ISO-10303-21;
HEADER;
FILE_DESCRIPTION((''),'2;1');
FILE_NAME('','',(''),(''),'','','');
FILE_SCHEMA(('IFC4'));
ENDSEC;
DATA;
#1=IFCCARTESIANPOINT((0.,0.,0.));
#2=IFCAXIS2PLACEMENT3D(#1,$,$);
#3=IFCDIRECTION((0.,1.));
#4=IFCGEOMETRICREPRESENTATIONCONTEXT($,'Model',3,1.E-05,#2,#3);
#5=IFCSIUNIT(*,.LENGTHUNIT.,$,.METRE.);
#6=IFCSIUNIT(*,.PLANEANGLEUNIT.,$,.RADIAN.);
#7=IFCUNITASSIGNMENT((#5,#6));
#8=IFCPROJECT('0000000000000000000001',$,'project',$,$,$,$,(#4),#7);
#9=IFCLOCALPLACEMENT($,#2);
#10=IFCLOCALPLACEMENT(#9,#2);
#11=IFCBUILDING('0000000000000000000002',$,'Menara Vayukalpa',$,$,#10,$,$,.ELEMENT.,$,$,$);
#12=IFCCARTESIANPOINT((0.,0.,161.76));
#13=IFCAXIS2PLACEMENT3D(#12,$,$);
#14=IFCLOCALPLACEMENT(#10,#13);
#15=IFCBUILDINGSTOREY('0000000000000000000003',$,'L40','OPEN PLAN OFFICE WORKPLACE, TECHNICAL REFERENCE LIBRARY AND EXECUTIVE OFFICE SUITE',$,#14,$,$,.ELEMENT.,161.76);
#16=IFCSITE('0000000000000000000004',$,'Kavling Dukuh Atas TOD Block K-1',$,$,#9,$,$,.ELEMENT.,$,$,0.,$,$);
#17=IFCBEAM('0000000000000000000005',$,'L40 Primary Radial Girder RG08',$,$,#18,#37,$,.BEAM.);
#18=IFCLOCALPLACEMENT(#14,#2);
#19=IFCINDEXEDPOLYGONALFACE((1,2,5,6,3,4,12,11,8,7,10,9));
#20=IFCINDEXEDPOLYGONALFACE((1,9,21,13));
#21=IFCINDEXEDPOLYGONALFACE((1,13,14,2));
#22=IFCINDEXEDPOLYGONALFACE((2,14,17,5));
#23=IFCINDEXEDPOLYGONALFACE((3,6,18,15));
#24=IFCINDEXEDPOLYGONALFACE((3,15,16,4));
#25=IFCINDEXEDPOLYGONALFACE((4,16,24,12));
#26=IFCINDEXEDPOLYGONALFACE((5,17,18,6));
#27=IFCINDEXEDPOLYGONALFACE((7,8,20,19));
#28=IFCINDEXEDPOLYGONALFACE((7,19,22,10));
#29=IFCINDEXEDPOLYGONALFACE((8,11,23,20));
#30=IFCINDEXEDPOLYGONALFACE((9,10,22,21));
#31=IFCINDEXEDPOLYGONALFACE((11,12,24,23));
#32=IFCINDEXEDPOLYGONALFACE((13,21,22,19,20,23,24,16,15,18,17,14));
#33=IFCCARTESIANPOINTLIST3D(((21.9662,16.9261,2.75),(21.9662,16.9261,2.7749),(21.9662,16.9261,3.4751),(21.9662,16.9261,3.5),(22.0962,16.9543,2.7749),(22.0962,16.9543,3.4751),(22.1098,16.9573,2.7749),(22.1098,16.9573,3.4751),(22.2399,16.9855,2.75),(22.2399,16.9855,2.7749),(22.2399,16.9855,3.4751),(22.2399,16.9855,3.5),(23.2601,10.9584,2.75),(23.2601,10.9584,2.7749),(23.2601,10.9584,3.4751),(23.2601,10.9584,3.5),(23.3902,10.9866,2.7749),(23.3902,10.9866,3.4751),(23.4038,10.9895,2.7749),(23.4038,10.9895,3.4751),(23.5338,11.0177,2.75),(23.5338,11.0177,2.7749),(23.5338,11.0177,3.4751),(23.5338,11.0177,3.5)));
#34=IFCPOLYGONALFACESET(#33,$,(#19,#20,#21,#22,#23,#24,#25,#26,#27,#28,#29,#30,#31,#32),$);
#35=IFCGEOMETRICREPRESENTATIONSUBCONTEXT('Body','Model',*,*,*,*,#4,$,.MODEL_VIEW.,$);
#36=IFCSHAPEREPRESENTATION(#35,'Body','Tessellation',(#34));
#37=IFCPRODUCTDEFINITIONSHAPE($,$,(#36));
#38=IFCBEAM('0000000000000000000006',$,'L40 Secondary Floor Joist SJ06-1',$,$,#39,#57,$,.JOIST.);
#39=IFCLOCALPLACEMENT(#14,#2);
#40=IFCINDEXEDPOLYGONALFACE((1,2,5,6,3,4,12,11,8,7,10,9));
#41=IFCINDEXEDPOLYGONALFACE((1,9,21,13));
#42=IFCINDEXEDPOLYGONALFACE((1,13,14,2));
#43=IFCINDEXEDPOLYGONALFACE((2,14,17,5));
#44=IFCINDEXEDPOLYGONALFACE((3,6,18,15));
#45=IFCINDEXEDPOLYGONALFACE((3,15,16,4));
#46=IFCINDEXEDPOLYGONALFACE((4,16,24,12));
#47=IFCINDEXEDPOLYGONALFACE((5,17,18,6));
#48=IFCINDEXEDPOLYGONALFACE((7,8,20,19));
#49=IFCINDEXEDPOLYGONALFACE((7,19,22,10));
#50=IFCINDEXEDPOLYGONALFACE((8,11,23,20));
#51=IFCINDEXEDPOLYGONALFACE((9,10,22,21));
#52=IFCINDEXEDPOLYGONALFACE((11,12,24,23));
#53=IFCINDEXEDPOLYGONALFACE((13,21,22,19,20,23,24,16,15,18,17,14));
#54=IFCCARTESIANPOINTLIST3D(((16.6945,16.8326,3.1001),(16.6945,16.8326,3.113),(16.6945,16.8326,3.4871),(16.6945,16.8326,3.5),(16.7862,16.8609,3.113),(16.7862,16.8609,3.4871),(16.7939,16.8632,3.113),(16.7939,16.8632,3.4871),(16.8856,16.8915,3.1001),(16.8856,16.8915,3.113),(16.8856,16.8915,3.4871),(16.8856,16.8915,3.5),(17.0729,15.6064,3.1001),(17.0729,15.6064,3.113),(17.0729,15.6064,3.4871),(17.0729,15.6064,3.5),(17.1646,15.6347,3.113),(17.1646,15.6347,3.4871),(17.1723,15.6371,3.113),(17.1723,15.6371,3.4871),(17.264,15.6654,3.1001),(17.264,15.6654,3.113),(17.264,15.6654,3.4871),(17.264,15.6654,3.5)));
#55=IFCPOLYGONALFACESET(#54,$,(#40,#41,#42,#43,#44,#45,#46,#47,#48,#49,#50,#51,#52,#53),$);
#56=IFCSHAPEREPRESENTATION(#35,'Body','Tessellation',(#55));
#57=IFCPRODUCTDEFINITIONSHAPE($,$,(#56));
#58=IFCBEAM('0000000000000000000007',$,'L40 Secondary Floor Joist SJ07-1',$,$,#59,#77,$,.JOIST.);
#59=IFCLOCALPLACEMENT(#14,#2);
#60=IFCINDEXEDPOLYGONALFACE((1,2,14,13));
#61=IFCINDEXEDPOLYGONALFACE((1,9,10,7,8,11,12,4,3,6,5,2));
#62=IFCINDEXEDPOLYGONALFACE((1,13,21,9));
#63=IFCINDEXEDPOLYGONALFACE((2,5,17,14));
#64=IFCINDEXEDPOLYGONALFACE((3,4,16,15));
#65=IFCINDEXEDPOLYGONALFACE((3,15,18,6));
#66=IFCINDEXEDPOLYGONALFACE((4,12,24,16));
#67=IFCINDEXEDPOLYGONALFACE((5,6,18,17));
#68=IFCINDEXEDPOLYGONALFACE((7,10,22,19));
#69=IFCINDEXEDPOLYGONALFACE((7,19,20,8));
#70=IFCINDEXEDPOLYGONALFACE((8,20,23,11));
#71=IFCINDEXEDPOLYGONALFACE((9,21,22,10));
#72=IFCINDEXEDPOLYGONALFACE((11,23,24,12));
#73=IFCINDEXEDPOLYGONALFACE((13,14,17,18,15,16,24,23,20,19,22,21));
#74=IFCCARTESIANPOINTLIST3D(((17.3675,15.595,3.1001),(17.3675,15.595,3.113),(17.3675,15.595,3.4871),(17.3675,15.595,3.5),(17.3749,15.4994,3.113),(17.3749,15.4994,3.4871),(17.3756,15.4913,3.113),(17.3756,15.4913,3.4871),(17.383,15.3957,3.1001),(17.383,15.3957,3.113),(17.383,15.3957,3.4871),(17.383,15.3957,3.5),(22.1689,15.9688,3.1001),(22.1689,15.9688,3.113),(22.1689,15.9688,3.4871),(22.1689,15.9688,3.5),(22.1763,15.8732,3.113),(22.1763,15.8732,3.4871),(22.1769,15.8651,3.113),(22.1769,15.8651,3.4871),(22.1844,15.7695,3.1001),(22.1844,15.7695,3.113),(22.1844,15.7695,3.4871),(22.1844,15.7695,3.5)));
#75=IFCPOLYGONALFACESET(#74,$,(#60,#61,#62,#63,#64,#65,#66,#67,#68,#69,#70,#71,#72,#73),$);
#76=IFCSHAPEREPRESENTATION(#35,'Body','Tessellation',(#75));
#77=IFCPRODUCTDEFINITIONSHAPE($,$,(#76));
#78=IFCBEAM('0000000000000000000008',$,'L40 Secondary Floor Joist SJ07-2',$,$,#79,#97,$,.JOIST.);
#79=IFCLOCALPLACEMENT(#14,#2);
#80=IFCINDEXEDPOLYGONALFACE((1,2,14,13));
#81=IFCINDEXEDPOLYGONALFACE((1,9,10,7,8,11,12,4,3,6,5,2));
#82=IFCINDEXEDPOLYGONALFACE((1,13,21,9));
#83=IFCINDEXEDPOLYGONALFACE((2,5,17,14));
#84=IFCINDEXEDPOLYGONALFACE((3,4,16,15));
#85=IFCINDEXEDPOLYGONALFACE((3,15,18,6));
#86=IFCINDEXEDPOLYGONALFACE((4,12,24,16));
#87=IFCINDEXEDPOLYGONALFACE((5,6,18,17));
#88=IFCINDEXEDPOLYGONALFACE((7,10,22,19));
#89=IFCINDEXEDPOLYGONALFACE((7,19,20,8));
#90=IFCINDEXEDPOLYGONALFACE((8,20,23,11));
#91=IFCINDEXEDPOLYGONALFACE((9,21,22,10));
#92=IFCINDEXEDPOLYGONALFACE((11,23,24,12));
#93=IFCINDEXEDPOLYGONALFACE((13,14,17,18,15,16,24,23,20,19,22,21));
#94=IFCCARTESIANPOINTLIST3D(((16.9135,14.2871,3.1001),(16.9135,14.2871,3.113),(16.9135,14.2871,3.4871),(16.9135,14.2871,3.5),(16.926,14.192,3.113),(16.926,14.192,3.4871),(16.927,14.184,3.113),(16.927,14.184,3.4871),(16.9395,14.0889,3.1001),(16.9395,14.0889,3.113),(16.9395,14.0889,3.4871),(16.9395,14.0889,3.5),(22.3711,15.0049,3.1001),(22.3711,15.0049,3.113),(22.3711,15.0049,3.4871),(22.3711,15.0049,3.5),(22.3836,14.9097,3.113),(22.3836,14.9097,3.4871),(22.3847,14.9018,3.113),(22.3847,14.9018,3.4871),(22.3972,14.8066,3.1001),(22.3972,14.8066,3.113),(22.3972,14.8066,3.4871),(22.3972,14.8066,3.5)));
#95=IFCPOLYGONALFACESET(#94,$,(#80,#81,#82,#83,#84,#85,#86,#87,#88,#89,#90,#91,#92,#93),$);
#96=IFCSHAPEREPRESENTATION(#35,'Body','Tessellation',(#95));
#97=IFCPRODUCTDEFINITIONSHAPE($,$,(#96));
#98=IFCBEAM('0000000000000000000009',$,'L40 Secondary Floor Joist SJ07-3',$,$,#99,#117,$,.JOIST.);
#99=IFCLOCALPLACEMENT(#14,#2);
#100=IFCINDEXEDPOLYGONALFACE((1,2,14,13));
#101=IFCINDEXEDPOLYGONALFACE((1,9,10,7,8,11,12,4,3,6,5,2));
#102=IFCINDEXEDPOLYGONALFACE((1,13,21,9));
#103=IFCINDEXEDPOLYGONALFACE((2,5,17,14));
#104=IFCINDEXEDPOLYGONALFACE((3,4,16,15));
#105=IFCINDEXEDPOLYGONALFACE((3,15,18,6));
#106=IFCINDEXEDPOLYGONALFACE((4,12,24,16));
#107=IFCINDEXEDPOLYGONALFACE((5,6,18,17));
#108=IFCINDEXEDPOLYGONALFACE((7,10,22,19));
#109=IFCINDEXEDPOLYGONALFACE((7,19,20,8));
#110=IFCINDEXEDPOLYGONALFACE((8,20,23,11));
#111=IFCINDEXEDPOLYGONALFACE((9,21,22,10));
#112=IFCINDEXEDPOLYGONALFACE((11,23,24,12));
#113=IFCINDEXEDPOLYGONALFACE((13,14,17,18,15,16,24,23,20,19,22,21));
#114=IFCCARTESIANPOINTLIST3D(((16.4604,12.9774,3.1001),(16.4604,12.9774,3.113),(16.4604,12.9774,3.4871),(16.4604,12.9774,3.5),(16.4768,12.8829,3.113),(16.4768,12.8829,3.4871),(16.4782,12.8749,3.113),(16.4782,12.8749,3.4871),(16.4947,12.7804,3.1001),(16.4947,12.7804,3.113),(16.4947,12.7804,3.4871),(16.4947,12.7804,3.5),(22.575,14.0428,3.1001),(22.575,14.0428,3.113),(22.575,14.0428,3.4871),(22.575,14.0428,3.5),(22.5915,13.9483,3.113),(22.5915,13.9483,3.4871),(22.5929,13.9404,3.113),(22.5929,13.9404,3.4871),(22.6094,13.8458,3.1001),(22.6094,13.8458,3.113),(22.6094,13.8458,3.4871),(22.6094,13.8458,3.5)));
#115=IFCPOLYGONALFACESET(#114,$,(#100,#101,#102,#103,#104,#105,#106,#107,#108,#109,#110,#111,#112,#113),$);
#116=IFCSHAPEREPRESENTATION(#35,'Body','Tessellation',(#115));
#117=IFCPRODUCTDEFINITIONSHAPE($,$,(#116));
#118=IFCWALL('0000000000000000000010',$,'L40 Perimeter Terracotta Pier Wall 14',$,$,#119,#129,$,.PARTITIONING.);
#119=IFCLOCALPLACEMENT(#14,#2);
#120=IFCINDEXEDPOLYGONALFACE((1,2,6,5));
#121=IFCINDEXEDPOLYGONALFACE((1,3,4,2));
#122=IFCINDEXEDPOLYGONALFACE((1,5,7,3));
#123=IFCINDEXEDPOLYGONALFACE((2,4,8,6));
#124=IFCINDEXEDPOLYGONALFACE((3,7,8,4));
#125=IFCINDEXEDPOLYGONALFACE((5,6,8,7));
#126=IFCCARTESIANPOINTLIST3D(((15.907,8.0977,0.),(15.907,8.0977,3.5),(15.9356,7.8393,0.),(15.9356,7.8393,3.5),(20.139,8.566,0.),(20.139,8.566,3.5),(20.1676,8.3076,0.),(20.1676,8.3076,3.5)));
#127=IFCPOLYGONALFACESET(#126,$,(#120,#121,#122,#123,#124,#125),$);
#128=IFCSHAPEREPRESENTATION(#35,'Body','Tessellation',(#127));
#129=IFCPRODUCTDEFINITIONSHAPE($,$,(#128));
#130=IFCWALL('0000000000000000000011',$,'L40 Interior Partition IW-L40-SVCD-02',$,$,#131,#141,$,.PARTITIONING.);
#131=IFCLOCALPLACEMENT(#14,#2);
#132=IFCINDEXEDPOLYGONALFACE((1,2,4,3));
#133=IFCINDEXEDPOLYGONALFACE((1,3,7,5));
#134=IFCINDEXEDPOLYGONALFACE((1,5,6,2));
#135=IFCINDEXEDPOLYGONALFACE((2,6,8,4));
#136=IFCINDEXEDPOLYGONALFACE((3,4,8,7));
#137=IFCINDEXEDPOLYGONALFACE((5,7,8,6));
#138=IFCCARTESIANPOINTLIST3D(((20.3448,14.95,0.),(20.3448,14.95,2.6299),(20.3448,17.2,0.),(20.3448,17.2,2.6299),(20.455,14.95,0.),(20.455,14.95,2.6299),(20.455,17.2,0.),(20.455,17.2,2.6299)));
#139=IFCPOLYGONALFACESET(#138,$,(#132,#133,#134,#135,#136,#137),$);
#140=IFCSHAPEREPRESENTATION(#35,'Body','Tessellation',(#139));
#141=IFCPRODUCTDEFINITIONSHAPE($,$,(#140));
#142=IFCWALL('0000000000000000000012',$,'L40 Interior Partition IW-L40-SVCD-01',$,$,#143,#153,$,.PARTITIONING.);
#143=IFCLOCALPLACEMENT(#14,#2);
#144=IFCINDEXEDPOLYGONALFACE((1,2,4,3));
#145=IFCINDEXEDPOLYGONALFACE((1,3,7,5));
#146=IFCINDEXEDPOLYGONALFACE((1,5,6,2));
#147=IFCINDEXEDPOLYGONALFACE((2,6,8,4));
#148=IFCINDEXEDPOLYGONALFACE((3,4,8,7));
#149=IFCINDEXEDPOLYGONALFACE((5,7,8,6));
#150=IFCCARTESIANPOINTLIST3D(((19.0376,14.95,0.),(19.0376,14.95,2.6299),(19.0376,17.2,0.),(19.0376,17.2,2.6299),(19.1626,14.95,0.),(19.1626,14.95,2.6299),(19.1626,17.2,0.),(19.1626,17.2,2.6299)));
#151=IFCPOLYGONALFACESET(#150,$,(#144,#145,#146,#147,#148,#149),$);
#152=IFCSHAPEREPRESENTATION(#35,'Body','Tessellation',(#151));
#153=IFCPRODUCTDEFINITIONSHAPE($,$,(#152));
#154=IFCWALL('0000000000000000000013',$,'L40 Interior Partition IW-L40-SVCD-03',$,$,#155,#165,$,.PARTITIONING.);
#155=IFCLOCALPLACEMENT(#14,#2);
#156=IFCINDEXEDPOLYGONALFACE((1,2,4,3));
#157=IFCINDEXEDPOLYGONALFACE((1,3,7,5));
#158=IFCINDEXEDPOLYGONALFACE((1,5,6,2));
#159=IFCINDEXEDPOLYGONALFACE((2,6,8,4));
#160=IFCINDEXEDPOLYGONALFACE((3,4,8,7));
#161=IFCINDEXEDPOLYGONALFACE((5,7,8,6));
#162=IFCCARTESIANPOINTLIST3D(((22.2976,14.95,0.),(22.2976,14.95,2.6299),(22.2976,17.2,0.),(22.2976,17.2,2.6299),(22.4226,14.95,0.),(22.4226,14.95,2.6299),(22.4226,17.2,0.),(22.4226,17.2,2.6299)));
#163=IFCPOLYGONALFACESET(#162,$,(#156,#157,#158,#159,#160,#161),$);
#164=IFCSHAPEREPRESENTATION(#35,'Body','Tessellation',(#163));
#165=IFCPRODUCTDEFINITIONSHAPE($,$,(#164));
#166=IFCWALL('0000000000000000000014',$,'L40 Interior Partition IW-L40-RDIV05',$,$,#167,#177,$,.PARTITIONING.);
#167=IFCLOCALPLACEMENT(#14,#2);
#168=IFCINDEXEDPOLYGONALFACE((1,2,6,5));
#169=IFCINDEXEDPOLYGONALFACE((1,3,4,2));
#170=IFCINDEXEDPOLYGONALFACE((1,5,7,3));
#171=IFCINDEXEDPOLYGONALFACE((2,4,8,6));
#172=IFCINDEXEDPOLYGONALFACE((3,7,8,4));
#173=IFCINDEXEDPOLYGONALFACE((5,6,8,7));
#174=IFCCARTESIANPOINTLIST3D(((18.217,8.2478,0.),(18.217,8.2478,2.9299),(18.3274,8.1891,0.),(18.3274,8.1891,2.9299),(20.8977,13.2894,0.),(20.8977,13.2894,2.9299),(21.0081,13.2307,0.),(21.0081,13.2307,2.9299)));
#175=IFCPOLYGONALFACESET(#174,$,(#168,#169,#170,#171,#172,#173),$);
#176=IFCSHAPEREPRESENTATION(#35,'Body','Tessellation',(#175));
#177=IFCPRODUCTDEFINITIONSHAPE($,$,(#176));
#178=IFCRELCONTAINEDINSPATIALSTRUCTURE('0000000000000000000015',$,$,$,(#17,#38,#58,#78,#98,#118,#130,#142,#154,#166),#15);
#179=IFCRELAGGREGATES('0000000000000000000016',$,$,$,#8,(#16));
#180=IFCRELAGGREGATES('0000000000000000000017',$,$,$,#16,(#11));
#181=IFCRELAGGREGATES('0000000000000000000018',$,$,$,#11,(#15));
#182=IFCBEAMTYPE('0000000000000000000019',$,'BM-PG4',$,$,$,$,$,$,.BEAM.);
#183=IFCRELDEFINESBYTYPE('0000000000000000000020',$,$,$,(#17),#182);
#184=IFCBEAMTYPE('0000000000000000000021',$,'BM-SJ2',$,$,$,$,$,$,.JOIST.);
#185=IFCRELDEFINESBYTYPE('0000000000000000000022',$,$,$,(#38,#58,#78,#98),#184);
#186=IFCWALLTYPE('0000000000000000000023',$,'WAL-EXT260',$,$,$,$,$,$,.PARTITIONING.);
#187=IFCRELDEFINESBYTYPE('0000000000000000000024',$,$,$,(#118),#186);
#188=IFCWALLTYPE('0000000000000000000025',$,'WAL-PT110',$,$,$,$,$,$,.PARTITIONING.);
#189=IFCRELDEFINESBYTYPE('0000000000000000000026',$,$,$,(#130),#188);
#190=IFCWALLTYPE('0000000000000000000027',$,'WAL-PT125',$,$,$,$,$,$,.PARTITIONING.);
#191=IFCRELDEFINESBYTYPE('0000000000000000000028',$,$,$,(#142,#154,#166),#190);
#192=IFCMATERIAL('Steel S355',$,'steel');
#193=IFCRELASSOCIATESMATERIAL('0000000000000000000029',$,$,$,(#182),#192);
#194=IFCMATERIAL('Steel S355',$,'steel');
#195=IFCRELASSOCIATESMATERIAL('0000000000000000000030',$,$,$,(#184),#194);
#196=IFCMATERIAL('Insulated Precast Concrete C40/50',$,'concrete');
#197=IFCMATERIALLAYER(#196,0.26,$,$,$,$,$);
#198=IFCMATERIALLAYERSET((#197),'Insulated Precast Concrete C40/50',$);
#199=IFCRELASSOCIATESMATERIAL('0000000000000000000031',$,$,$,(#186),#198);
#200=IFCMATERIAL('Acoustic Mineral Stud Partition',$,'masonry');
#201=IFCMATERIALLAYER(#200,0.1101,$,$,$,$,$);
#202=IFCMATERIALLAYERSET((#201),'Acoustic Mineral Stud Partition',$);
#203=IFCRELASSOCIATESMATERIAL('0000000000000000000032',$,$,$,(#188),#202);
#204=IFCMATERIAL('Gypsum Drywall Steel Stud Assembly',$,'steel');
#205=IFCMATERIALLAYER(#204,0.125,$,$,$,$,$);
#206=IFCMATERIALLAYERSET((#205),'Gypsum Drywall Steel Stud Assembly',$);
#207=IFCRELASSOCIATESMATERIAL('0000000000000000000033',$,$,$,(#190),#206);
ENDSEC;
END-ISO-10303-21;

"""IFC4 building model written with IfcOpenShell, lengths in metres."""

from ifc_helpers import new_model, si_unit, direction, frame, frame_2d, origin, origin_2d, place, context, subcontext, project, spatial, rectangle, i_section, extrude, material, layer, layer_set, material_profile, profile_set, type_object, element, save


model = new_model("IFC4")

# Units and contexts
model_context = context("Model", 3, precision=1e-05, world=origin(), true_north=direction((0.0, 1.0)))
body_context = subcontext(model_context, "Body", "Model", "MODEL_VIEW")
ifc_project = project(units=[si_unit("LENGTHUNIT", "METRE"), si_unit("PLANEANGLEUNIT", "RADIAN")], contexts=[model_context])

# Site, building, storey
site_placement = place(None, origin())
site = spatial("IfcSite", under=ifc_project, at=site_placement, Name="Kavling Dukuh Atas TOD Block K-1", CompositionType="ELEMENT", RefElevation=0.0)
building_placement = place(site_placement, origin())
building = spatial("IfcBuilding", under=site, at=building_placement, Name="Menara Vayukalpa", CompositionType="ELEMENT")
storey_placement = place(building_placement, frame((0.0, 0.0, 161.76)))
storey = spatial("IfcBuildingStorey", under=building, at=storey_placement, Name="L40", Description="OPEN PLAN OFFICE WORKPLACE, TECHNICAL REFERENCE LIBRARY AND EXECUTIVE OFFICE SUITE", CompositionType="ELEMENT", Elevation=161.76)

# Beams
ifc_material_1 = material(Name="Steel S355", Category="steel")
ifc_material_profile_1 = material_profile(ifc_material_1, i_section(OverallWidth=0.28, OverallDepth=0.75, WebThickness=0.0139, FlangeThickness=0.0249, at=origin_2d()), Name="WF 750x280x14x25")
ifc_profile_set_1 = profile_set([ifc_material_profile_1], Name="Steel S355")
beam_type_1 = type_object("IfcBeamType", Name="BM-PG4", PredefinedType="BEAM", material=ifc_profile_set_1)
beam_1_placement = place(storey_placement, frame((22.103, 16.9558, 3.125), z_axis=(0.211898, -0.977292, 0.0), x_axis=(0.977292, 0.211898, 0.0)))
element("IfcBeam", 1, at=beam_1_placement, inside=storey, type_object=beam_type_1, Name="L40 Primary Radial Girder RG08", PredefinedType="BEAM", context=body_context, shape_type="SweptSolid", body=[
    extrude(i_section(OverallWidth=0.28, OverallDepth=0.75, WebThickness=0.0139, FlangeThickness=0.0249, at=origin_2d()), origin(), (0.0, 0.0, 1.0), 6.1064),
])
ifc_material_2 = material(Name="Steel S355", Category="steel")
ifc_material_profile_2 = material_profile(ifc_material_2, i_section(OverallWidth=0.2, OverallDepth=0.3999, WebThickness=0.0081, FlangeThickness=0.0129, at=origin_2d()), Name="WF 400x200x8x13")
ifc_profile_set_2 = profile_set([ifc_material_profile_2], Name="Steel S355")
beam_type_2 = type_object("IfcBeamType", Name="BM-SJ2", PredefinedType="JOIST", material=ifc_profile_set_2)
beam_2_placement = place(storey_placement, frame((16.79, 16.8621, 3.3), z_axis=(0.294915, -0.955524, 0.0), x_axis=(0.955524, 0.294915, 0.0)))
element("IfcBeam", 2, at=beam_2_placement, inside=storey, type_object=beam_type_2, Name="L40 Secondary Floor Joist SJ06-1", PredefinedType="JOIST", context=body_context, shape_type="SweptSolid", body=[
    extrude(i_section(OverallWidth=0.2, OverallDepth=0.3999, WebThickness=0.0081, FlangeThickness=0.0129, at=origin_2d()), origin(), (0.0, 0.0, 1.0), 1.2832),
])
beam_3_placement = place(storey_placement, frame((17.3752, 15.4954, 3.3), z_axis=(0.996983, 0.077615, 0.0), x_axis=(-0.077615, 0.996983, 0.0)))
element("IfcBeam", 3, at=beam_3_placement, inside=storey, type_object=beam_type_2, Name="L40 Secondary Floor Joist SJ07-1", PredefinedType="JOIST", context=body_context, shape_type="SweptSolid", body=[
    extrude(i_section(OverallWidth=0.2, OverallDepth=0.3999, WebThickness=0.0081, FlangeThickness=0.0129, at=origin_2d()), origin(), (0.0, 0.0, 1.0), 4.8159),
])
beam_4_placement = place(storey_placement, frame((16.9265, 14.188, 3.3), z_axis=(0.991463, 0.130391, 0.0), x_axis=(-0.130391, 0.991463, 0.0)))
element("IfcBeam", 4, at=beam_4_placement, inside=storey, type_object=beam_type_2, Name="L40 Secondary Floor Joist SJ07-2", PredefinedType="JOIST", context=body_context, shape_type="SweptSolid", body=[
    extrude(i_section(OverallWidth=0.2, OverallDepth=0.3999, WebThickness=0.0081, FlangeThickness=0.0129, at=origin_2d()), origin(), (0.0, 0.0, 1.0), 5.5046),
])
beam_5_placement = place(storey_placement, frame((16.4775, 12.8789, 3.3), z_axis=(0.985157, 0.171653, 0.0), x_axis=(-0.171653, 0.985157, 0.0)))
element("IfcBeam", 5, at=beam_5_placement, inside=storey, type_object=beam_type_2, Name="L40 Secondary Floor Joist SJ07-3", PredefinedType="JOIST", context=body_context, shape_type="SweptSolid", body=[
    extrude(i_section(OverallWidth=0.2, OverallDepth=0.3999, WebThickness=0.0081, FlangeThickness=0.0129, at=origin_2d()), origin(), (0.0, 0.0, 1.0), 6.2068),
])

# Walls
ifc_material_3 = material(Name="Insulated Precast Concrete C40/50", Category="concrete")
ifc_layer_1 = layer(ifc_material_3, 0.26)
ifc_layer_set_1 = layer_set([ifc_layer_1], Name="Insulated Precast Concrete C40/50")
wall_type_1 = type_object("IfcWallType", Name="WAL-EXT260", PredefinedType="PARTITIONING", material=ifc_layer_set_1)
wall_1_placement = place(storey_placement, frame((20.1533, 8.4368, 0.0), z_axis=(0.0, 0.0, 1.0), x_axis=(-0.993934, -0.109978, 0.0)))
element("IfcWall", 6, at=wall_1_placement, inside=storey, type_object=wall_type_1, Name="L40 Perimeter Terracotta Pier Wall 14", PredefinedType="PARTITIONING", context=body_context, shape_type="SweptSolid", body=[
    extrude(rectangle(XDim=4.2578, YDim=0.26, at=frame_2d((2.1289, 0.0))), origin(), (0.0, 0.0, 1.0), 3.5),
])
ifc_material_4 = material(Name="Acoustic Mineral Stud Partition", Category="masonry")
ifc_layer_2 = layer(ifc_material_4, 0.1101)
ifc_layer_set_2 = layer_set([ifc_layer_2], Name="Acoustic Mineral Stud Partition")
wall_type_2 = type_object("IfcWallType", Name="WAL-PT110", PredefinedType="PARTITIONING", material=ifc_layer_set_2)
wall_2_placement = place(storey_placement, frame((20.3999, 14.95, 0.0), z_axis=(0.0, 0.0, 1.0), x_axis=(0.0, 1.0, 0.0)))
element("IfcWall", 7, at=wall_2_placement, inside=storey, type_object=wall_type_2, Name="L40 Interior Partition IW-L40-SVCD-02", PredefinedType="PARTITIONING", context=body_context, shape_type="SweptSolid", body=[
    extrude(rectangle(XDim=2.25, YDim=0.1101, at=frame_2d((1.125, 0.0))), origin(), (0.0, 0.0, 1.0), 2.6299),
])
ifc_material_5 = material(Name="Gypsum Drywall Steel Stud Assembly", Category="steel")
ifc_layer_3 = layer(ifc_material_5, 0.125)
ifc_layer_set_3 = layer_set([ifc_layer_3], Name="Gypsum Drywall Steel Stud Assembly")
wall_type_3 = type_object("IfcWallType", Name="WAL-PT125", PredefinedType="PARTITIONING", material=ifc_layer_set_3)
for number, where, z_axis, x_axis, name in (
    (8, (19.1001, 14.95, 0.0), (0.0, 0.0, 1.0), (0.0, 1.0, 0.0), "L40 Interior Partition IW-L40-SVCD-01"),
    (9, (22.3601, 14.95, 0.0), (0.0, 0.0, 1.0), (0.0, 1.0, 0.0), "L40 Interior Partition IW-L40-SVCD-03"),
):
    element("IfcWall", number, at=place(storey_placement, frame(where, z_axis=z_axis, x_axis=x_axis)), inside=storey, type_object=wall_type_3, Name=name, PredefinedType="PARTITIONING", context=body_context, shape_type="SweptSolid", body=[
        extrude(rectangle(XDim=2.25, YDim=0.125, at=frame_2d((1.125, 0.0))), origin(), (0.0, 0.0, 1.0), 2.6299),
    ])
wall_3_placement = place(storey_placement, frame((20.9529, 13.26, 0.0), z_axis=(0.0, 0.0, 1.0), x_axis=(-0.469478, -0.882944, 0.0)))
element("IfcWall", 10, at=wall_3_placement, inside=storey, type_object=wall_type_3, Name="L40 Interior Partition IW-L40-RDIV05", PredefinedType="PARTITIONING", context=body_context, shape_type="SweptSolid", body=[
    extrude(rectangle(XDim=5.71, YDim=0.125, at=frame_2d((2.855, 0.0))), origin(), (0.0, 0.0, 1.0), 2.9299),
])

save(model, "model.ifc")
